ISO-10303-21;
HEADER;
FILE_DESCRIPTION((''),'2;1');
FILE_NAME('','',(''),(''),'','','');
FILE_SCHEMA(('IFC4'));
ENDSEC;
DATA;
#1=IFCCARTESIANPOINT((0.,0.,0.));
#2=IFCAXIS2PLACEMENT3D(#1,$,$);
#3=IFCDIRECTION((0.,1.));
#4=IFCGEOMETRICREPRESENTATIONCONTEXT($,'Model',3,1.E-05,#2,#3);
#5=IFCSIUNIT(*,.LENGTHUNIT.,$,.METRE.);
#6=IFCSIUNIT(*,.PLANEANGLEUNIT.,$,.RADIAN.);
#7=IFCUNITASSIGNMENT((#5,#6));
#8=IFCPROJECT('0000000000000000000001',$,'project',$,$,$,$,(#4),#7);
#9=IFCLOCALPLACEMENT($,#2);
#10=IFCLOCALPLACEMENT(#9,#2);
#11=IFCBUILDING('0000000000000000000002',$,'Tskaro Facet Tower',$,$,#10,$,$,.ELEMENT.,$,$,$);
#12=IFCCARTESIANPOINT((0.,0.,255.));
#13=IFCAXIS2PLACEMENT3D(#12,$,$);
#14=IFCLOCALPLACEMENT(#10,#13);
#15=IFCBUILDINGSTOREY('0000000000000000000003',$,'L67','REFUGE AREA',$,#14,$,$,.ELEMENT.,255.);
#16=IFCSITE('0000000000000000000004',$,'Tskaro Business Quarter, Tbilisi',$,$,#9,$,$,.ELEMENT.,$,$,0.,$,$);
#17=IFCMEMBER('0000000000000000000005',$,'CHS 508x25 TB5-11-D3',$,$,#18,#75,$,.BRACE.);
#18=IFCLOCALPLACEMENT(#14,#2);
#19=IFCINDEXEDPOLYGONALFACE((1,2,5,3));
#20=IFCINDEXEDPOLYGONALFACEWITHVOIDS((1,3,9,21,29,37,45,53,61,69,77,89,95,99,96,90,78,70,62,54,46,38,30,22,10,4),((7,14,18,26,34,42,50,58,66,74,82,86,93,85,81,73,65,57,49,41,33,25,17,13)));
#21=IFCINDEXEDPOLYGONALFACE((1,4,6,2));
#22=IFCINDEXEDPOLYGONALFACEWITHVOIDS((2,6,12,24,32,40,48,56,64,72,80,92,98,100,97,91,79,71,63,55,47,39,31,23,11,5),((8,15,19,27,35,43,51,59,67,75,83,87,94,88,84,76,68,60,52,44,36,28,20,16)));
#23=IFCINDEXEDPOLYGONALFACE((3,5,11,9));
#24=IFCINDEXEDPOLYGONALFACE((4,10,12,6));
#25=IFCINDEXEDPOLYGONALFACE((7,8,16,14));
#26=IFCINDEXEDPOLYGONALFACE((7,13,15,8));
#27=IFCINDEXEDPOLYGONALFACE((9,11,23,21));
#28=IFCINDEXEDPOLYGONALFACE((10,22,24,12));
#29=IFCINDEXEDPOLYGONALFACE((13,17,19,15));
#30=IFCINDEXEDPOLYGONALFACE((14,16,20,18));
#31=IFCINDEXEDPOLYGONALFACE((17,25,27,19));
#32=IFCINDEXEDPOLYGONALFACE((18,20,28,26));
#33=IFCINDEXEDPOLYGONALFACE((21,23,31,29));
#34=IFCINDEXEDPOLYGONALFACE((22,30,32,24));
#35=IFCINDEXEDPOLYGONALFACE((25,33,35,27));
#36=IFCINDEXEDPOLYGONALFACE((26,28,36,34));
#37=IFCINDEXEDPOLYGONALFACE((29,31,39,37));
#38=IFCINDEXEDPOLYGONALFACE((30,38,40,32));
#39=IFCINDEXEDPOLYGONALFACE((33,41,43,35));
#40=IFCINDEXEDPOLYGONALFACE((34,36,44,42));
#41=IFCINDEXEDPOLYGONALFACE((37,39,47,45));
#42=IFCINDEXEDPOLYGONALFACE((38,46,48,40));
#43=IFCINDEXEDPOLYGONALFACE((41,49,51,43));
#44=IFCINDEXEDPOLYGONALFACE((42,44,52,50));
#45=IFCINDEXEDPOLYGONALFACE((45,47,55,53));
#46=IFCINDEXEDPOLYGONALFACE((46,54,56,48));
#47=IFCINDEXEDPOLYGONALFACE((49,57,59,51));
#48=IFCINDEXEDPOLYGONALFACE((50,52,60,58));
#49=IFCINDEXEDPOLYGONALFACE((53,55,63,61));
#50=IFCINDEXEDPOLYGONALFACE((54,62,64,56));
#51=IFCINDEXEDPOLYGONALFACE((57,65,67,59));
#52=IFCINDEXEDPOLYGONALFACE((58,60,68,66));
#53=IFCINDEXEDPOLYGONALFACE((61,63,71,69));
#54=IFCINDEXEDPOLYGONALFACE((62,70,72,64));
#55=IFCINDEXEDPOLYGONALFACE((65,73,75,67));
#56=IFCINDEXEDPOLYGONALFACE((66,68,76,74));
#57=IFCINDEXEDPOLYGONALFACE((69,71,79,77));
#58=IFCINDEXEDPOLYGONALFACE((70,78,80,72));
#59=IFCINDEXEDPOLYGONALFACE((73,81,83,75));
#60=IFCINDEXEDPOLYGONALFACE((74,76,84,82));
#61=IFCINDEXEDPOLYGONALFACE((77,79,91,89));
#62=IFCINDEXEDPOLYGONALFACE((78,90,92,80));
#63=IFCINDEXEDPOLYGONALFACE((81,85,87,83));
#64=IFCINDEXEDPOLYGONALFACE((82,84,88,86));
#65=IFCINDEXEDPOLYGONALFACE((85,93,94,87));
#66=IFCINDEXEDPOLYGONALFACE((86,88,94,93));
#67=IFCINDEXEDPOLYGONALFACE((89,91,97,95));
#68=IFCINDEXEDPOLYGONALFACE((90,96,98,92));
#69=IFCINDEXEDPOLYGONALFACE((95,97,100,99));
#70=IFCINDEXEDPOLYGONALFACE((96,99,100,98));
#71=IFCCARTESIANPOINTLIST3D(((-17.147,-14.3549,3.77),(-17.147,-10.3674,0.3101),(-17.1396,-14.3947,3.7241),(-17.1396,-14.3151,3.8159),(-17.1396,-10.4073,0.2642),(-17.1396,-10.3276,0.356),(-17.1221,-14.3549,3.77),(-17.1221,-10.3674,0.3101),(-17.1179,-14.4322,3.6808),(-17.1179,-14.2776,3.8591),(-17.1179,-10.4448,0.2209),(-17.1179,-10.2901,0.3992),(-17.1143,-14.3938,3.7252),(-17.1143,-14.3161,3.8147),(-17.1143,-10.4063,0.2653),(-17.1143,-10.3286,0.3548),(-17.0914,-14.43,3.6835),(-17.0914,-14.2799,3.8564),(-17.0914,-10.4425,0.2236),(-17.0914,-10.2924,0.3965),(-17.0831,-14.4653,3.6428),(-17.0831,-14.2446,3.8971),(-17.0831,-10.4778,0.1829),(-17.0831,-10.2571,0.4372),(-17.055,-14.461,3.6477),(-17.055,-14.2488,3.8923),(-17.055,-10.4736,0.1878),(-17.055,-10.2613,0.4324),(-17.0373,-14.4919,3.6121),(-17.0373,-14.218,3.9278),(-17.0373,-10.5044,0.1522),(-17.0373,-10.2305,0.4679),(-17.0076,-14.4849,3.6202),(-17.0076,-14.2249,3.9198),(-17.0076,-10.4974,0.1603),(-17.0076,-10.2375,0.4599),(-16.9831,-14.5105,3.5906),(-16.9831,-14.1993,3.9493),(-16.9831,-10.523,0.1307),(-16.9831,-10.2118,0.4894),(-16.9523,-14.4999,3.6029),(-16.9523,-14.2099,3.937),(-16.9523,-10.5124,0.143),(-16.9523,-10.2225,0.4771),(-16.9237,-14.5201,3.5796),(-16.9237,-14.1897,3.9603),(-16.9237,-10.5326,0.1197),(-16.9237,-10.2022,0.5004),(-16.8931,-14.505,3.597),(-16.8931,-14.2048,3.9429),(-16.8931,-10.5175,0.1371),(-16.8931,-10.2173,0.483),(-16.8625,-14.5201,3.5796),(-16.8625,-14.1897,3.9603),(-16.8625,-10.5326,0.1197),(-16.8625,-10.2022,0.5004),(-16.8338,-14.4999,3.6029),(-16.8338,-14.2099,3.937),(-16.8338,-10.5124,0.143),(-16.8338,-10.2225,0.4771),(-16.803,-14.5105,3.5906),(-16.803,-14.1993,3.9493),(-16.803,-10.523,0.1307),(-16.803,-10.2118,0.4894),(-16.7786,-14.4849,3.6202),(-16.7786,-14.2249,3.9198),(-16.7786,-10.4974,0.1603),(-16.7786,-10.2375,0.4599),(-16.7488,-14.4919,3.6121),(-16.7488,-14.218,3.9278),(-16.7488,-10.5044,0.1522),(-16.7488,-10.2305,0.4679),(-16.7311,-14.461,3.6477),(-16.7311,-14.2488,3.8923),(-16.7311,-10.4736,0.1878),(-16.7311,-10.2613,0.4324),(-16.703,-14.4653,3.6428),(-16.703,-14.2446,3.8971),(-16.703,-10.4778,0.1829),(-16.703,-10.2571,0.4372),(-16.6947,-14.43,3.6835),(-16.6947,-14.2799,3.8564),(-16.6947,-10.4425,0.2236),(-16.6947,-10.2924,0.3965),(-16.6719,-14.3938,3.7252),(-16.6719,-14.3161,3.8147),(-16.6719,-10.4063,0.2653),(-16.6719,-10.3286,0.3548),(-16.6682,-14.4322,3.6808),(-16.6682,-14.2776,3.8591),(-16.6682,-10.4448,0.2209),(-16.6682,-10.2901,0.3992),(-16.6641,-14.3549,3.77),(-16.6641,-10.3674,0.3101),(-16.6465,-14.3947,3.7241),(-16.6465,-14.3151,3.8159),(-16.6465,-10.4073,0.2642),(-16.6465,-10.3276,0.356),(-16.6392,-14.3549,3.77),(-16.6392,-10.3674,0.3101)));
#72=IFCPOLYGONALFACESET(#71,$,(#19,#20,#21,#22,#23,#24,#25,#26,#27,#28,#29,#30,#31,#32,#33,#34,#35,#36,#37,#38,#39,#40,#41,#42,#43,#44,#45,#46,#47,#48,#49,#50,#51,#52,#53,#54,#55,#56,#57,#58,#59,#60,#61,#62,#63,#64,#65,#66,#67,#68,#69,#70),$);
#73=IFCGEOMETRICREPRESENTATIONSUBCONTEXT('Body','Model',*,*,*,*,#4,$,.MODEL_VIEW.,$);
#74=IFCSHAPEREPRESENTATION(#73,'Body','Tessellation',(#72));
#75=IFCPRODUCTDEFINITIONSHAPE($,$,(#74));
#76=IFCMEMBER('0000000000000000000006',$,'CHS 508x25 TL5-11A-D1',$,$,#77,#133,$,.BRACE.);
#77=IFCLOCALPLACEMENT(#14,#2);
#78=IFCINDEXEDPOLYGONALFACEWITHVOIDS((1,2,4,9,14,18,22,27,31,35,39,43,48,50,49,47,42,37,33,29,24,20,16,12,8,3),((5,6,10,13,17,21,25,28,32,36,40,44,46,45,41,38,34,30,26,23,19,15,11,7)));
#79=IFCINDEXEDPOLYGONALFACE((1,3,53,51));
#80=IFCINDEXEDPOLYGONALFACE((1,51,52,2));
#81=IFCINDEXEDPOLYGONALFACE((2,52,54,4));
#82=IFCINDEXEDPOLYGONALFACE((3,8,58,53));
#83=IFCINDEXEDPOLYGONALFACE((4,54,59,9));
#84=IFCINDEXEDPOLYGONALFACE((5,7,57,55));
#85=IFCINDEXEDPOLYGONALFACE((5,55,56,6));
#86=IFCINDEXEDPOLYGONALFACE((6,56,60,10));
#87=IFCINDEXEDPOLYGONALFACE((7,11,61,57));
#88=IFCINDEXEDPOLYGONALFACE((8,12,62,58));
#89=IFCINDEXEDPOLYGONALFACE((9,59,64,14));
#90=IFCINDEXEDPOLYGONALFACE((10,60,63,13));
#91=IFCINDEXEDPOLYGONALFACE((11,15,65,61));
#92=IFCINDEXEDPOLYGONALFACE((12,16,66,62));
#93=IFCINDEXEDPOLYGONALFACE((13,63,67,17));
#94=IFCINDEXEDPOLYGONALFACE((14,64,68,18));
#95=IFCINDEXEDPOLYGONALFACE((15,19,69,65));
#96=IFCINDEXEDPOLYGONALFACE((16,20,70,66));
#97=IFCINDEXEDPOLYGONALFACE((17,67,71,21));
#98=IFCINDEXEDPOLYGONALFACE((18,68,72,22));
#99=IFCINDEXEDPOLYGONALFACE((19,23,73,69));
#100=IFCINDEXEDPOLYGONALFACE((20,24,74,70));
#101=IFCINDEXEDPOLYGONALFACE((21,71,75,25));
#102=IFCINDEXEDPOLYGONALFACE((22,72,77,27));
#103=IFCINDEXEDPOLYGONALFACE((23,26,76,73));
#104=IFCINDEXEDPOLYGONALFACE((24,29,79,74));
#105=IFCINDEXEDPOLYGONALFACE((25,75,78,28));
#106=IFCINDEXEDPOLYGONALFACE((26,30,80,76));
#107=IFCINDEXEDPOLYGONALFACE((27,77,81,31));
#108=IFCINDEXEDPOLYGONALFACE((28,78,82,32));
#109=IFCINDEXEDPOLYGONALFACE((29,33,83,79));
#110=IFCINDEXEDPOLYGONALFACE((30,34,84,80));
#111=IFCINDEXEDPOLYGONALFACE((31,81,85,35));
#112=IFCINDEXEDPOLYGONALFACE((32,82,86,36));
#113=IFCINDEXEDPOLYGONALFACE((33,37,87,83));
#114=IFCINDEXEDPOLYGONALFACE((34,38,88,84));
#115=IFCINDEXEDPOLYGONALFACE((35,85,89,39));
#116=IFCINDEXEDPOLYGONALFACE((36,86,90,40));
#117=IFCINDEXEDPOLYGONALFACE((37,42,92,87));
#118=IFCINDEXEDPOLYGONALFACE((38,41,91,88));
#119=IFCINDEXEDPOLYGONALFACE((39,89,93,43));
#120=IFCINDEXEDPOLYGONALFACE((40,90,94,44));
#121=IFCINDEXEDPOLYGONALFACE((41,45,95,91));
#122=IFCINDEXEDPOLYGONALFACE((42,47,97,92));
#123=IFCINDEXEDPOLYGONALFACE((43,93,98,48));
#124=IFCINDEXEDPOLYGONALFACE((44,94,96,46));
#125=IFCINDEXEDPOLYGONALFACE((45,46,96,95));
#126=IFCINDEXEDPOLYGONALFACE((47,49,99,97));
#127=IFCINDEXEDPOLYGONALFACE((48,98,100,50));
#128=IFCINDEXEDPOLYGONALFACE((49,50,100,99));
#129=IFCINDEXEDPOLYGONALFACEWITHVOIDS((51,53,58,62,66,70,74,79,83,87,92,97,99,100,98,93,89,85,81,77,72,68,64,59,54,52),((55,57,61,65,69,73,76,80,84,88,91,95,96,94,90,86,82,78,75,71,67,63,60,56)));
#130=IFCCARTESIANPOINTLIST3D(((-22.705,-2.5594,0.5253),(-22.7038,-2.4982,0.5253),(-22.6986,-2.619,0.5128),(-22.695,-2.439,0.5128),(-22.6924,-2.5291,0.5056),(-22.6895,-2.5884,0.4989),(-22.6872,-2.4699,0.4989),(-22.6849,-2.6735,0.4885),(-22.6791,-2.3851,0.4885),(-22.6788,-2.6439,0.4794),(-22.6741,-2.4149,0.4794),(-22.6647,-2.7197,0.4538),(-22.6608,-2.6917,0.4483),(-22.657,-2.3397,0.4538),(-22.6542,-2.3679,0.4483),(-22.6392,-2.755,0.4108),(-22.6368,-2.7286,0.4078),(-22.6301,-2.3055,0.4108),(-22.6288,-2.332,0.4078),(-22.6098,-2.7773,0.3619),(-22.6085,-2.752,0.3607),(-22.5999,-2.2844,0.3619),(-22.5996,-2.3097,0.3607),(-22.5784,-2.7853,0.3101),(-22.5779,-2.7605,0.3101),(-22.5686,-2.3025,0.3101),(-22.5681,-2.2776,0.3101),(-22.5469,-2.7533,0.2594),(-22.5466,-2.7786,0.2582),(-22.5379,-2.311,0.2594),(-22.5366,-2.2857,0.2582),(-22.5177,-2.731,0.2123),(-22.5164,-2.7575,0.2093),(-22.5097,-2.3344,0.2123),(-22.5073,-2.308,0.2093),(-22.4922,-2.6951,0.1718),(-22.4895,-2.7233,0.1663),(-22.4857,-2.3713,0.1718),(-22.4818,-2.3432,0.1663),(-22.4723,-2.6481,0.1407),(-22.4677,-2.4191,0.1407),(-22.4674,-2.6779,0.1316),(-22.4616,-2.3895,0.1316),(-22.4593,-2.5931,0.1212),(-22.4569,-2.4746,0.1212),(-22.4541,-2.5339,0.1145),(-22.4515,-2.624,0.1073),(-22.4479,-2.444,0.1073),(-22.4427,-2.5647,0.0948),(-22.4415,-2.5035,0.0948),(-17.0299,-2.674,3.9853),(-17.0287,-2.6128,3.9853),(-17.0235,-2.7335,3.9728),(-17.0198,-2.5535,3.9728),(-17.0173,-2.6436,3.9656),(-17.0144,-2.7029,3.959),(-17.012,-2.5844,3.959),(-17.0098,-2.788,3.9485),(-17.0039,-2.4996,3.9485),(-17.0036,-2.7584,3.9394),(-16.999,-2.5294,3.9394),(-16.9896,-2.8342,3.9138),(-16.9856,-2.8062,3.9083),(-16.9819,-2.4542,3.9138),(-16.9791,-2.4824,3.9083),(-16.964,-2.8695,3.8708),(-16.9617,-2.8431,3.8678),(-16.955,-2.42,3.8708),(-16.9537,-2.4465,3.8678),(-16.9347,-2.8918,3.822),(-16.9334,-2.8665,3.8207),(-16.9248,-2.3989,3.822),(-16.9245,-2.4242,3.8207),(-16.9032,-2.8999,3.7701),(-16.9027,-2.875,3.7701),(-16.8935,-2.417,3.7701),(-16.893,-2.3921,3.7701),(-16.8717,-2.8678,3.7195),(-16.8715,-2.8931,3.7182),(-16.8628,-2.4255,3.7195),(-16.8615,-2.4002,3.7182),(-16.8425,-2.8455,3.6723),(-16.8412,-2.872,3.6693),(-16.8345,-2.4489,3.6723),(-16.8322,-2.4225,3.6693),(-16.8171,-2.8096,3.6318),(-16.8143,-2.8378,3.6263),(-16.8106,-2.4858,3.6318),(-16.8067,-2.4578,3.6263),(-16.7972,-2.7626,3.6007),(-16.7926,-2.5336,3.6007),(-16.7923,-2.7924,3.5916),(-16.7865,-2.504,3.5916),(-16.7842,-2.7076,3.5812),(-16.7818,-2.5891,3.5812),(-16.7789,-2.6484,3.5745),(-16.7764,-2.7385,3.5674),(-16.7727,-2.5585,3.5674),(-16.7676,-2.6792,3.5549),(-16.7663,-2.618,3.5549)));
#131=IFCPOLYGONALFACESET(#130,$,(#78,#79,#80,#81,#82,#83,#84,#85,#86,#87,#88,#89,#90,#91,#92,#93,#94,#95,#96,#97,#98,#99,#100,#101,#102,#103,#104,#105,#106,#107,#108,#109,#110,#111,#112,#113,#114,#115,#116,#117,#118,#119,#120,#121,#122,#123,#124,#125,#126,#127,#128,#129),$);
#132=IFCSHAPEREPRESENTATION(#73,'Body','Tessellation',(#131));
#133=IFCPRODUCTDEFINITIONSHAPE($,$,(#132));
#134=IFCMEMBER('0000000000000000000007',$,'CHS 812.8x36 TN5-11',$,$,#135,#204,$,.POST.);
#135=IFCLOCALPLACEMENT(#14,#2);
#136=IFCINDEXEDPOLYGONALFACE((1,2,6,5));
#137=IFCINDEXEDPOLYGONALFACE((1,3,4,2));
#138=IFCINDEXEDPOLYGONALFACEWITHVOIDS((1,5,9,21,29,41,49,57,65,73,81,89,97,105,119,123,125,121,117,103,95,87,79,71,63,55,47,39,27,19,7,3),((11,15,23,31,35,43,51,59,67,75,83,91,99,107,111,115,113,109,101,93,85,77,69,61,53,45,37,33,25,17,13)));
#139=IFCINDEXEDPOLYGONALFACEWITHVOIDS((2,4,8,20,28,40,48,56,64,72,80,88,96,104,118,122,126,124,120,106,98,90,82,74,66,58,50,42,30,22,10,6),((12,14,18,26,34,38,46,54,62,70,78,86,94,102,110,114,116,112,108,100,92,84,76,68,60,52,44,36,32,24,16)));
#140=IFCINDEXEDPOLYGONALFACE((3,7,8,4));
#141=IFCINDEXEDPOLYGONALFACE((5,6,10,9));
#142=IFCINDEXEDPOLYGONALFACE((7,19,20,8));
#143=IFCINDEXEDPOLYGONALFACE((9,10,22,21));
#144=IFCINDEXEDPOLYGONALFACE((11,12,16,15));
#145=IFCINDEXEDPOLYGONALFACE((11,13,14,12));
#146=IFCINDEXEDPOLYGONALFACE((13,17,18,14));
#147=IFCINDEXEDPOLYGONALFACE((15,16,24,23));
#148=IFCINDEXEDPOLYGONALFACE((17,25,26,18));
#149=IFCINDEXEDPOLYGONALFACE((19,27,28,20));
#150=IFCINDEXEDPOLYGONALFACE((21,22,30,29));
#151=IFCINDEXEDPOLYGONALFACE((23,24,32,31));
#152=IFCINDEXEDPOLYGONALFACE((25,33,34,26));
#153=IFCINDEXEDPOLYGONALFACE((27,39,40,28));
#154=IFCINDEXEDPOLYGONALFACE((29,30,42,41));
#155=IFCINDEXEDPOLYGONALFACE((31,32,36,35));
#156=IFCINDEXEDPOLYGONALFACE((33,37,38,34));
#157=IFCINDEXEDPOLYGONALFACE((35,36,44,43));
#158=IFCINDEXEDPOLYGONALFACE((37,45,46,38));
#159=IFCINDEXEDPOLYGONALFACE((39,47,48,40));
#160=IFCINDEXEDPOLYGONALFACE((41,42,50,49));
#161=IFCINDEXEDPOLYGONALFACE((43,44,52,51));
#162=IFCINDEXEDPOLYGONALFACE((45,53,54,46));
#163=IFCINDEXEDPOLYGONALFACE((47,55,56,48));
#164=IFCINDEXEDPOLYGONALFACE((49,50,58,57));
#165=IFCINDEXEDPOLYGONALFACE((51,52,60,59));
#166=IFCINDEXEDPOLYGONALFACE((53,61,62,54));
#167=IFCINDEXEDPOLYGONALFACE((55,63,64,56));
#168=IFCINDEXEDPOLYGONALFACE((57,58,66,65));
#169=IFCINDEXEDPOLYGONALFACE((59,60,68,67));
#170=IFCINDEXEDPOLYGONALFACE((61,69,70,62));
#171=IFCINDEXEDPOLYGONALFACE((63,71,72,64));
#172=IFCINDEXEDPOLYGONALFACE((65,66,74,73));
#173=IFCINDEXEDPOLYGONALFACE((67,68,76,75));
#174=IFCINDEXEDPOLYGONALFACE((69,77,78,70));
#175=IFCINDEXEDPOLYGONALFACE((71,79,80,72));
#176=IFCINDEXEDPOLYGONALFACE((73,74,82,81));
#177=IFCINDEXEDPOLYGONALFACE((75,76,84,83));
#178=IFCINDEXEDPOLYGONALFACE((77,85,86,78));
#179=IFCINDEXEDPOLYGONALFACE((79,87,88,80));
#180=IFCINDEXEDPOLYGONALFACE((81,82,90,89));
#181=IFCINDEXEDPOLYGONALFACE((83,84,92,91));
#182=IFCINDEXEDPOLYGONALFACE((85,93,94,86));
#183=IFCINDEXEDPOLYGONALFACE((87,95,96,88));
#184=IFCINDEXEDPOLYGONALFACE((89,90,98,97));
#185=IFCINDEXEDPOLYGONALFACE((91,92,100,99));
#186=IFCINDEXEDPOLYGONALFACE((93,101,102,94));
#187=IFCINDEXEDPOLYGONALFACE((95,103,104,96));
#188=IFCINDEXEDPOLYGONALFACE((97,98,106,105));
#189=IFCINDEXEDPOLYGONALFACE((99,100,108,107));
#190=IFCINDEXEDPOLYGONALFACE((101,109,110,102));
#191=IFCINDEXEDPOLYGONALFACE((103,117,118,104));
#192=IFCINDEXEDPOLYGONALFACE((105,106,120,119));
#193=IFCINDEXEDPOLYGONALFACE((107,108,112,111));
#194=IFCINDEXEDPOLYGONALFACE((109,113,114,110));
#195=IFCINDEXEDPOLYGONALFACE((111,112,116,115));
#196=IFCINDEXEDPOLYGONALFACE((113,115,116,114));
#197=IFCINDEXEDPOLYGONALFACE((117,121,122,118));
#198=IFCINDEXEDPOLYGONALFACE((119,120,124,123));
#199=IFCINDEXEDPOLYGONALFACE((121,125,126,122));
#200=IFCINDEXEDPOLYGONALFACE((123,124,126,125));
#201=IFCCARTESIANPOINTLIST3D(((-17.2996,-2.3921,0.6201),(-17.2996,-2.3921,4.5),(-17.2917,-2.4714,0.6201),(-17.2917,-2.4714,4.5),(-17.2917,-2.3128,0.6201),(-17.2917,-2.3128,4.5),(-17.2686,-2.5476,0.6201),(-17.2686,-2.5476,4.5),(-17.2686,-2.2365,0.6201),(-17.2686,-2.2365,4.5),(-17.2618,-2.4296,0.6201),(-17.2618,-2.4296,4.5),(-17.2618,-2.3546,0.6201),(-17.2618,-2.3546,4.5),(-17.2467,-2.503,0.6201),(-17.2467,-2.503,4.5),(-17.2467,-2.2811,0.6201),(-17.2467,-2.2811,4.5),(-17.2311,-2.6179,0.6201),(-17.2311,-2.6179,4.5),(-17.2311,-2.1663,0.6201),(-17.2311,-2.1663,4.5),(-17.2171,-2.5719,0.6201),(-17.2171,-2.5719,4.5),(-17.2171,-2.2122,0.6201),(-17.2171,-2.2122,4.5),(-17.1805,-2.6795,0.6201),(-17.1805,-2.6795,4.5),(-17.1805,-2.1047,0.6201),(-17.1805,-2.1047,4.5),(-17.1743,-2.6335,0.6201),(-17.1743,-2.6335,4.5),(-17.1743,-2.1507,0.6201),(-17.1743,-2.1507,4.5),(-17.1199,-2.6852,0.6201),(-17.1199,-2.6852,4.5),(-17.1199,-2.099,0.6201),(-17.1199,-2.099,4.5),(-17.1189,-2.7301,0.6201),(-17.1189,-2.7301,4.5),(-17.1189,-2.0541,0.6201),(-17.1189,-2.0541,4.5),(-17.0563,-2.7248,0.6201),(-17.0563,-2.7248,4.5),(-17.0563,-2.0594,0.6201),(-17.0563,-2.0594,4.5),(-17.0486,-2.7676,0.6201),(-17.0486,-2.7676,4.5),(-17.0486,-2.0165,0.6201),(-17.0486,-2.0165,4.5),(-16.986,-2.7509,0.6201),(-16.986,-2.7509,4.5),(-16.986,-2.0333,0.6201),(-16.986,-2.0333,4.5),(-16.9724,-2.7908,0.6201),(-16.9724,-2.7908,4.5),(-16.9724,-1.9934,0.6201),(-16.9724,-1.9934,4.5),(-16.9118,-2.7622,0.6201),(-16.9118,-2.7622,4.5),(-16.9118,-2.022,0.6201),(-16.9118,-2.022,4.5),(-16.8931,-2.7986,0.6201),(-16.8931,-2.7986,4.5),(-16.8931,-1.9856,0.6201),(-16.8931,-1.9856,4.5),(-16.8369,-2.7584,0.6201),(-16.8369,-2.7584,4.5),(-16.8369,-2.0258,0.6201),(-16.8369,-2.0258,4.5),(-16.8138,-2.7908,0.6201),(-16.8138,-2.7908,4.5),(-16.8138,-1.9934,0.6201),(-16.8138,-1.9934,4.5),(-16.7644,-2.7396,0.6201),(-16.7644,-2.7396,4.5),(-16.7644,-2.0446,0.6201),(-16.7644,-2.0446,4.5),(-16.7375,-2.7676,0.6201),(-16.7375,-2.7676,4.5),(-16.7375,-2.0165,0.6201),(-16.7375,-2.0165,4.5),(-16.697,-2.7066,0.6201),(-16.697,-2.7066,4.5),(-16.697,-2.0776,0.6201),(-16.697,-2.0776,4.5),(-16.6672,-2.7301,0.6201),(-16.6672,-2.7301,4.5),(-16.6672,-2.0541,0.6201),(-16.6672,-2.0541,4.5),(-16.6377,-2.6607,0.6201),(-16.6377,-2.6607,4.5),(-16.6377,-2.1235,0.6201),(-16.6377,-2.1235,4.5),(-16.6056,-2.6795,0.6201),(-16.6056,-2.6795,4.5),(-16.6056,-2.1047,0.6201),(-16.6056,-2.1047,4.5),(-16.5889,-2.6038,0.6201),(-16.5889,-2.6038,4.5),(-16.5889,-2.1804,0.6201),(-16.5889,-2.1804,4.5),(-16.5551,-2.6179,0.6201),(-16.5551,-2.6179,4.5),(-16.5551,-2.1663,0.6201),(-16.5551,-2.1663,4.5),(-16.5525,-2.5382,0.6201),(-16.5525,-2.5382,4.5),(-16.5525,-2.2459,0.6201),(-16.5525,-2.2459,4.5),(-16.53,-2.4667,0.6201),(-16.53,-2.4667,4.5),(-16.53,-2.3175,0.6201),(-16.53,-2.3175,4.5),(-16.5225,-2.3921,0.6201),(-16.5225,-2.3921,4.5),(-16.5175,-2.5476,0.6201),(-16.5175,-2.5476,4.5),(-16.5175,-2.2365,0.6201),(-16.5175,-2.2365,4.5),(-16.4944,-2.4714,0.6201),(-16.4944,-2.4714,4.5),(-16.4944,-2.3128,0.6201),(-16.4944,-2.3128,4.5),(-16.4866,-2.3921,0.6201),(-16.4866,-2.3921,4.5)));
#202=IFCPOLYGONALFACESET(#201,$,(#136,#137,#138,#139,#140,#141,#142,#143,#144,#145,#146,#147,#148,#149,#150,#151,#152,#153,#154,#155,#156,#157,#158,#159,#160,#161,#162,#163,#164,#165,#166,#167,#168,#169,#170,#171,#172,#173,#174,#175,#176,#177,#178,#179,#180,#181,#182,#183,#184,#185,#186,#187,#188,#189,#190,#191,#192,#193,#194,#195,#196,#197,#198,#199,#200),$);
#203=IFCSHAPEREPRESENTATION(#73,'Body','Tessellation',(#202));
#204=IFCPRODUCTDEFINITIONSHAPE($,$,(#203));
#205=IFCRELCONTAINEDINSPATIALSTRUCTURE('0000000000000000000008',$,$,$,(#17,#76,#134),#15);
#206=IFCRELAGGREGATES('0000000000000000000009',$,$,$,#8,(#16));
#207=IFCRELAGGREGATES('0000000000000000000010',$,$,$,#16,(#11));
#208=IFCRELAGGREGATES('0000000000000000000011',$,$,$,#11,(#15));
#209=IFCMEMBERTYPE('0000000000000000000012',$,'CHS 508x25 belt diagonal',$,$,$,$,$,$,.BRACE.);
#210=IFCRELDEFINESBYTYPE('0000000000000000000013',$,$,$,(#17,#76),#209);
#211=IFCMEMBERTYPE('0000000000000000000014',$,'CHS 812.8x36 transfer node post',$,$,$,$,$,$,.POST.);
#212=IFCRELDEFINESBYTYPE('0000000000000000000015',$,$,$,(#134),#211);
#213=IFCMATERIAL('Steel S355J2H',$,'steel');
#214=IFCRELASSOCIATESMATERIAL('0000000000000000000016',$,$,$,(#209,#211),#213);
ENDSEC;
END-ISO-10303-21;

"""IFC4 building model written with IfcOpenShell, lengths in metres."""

from ifc_helpers import new_model, si_unit, direction, frame, origin, origin_2d, place, context, subcontext, project, spatial, hollow_circle, extrude, material, material_profile, profile_set, type_object, element, save


model = new_model("IFC4")

# Units and contexts
model_context = context("Model", 3, precision=1e-05, world=origin(), true_north=direction((0.0, 1.0)))
body_context = subcontext(model_context, "Body", "Model", "MODEL_VIEW")
ifc_project = project(units=[si_unit("LENGTHUNIT", "METRE"), si_unit("PLANEANGLEUNIT", "RADIAN")], contexts=[model_context])

# Site, building, storey
site_placement = place(None, origin())
site = spatial("IfcSite", under=ifc_project, at=site_placement, Name="Tskaro Business Quarter, Tbilisi", CompositionType="ELEMENT", RefElevation=0.0)
building_placement = place(site_placement, origin())
building = spatial("IfcBuilding", under=site, at=building_placement, Name="Tskaro Facet Tower", CompositionType="ELEMENT")
storey_placement = place(building_placement, frame((0.0, 0.0, 255.0)))
storey = spatial("IfcBuildingStorey", under=building, at=storey_placement, Name="L67", Description="REFUGE AREA", CompositionType="ELEMENT", Elevation=255.0)

# Shared definitions
ifc_material_1 = material(Name="Steel S355J2H", Category="steel")

# Members
ifc_material_profile_1 = material_profile(ifc_material_1, hollow_circle(Radius=0.2539, WallThickness=0.0249, at=origin_2d()), Name="CHS 508x25")
ifc_profile_set_1 = profile_set([ifc_material_profile_1], Name="Steel S355J2H")
member_type_1 = type_object("IfcMemberType", Name="CHS 508x25 belt diagonal", PredefinedType="BRACE", material=ifc_profile_set_1)
member_1_placement = place(storey_placement, frame((-16.8931, -10.3674, 0.3101), z_axis=(0.0, -0.755306, 0.655372), x_axis=(1.0, 0.0, 0.0)))
element("IfcMember", 1, at=member_1_placement, inside=storey, type_object=member_type_1, Name="CHS 508x25 TB5-11-D3", PredefinedType="BRACE", context=body_context, shape_type="SweptSolid", body=[
    extrude(hollow_circle(Radius=0.2539, WallThickness=0.0249, at=origin_2d()), origin(), (0.0, 0.0, 1.0), 5.2793),
])
member_2_placement = place(storey_placement, frame((-22.5732, -2.5315, 0.3101), z_axis=(0.853699, -0.017225, 0.520483), x_axis=(0.020172, 0.999797, 0.0)))
element("IfcMember", 2, at=member_2_placement, inside=storey, type_object=member_type_1, Name="CHS 508x25 TL5-11A-D1", PredefinedType="BRACE", context=body_context, shape_type="SweptSolid", body=[
    extrude(hollow_circle(Radius=0.2539, WallThickness=0.0249, at=origin_2d()), origin(), (0.0, 0.0, 1.0), 6.6477),
])
ifc_material_profile_2 = material_profile(ifc_material_1, hollow_circle(Radius=0.4065, WallThickness=0.0359, at=origin_2d()), Name="CHS 812.8x36")
ifc_profile_set_2 = profile_set([ifc_material_profile_2], Name="Steel S355J2H")
member_type_2 = type_object("IfcMemberType", Name="CHS 812.8x36 transfer node post", PredefinedType="POST", material=ifc_profile_set_2)
member_3_placement = place(storey_placement, frame((-16.8931, -2.3921, 0.6201), z_axis=(0.0, 0.0, 1.0), x_axis=(1.0, 0.0, 0.0)))
element("IfcMember", 3, at=member_3_placement, inside=storey, type_object=member_type_2, Name="CHS 812.8x36 TN5-11", PredefinedType="POST", context=body_context, shape_type="SweptSolid", body=[
    extrude(hollow_circle(Radius=0.4065, WallThickness=0.0359, at=origin_2d()), origin(), (0.0, 0.0, 1.0), 3.8799),
])

save(model, "model.ifc")
